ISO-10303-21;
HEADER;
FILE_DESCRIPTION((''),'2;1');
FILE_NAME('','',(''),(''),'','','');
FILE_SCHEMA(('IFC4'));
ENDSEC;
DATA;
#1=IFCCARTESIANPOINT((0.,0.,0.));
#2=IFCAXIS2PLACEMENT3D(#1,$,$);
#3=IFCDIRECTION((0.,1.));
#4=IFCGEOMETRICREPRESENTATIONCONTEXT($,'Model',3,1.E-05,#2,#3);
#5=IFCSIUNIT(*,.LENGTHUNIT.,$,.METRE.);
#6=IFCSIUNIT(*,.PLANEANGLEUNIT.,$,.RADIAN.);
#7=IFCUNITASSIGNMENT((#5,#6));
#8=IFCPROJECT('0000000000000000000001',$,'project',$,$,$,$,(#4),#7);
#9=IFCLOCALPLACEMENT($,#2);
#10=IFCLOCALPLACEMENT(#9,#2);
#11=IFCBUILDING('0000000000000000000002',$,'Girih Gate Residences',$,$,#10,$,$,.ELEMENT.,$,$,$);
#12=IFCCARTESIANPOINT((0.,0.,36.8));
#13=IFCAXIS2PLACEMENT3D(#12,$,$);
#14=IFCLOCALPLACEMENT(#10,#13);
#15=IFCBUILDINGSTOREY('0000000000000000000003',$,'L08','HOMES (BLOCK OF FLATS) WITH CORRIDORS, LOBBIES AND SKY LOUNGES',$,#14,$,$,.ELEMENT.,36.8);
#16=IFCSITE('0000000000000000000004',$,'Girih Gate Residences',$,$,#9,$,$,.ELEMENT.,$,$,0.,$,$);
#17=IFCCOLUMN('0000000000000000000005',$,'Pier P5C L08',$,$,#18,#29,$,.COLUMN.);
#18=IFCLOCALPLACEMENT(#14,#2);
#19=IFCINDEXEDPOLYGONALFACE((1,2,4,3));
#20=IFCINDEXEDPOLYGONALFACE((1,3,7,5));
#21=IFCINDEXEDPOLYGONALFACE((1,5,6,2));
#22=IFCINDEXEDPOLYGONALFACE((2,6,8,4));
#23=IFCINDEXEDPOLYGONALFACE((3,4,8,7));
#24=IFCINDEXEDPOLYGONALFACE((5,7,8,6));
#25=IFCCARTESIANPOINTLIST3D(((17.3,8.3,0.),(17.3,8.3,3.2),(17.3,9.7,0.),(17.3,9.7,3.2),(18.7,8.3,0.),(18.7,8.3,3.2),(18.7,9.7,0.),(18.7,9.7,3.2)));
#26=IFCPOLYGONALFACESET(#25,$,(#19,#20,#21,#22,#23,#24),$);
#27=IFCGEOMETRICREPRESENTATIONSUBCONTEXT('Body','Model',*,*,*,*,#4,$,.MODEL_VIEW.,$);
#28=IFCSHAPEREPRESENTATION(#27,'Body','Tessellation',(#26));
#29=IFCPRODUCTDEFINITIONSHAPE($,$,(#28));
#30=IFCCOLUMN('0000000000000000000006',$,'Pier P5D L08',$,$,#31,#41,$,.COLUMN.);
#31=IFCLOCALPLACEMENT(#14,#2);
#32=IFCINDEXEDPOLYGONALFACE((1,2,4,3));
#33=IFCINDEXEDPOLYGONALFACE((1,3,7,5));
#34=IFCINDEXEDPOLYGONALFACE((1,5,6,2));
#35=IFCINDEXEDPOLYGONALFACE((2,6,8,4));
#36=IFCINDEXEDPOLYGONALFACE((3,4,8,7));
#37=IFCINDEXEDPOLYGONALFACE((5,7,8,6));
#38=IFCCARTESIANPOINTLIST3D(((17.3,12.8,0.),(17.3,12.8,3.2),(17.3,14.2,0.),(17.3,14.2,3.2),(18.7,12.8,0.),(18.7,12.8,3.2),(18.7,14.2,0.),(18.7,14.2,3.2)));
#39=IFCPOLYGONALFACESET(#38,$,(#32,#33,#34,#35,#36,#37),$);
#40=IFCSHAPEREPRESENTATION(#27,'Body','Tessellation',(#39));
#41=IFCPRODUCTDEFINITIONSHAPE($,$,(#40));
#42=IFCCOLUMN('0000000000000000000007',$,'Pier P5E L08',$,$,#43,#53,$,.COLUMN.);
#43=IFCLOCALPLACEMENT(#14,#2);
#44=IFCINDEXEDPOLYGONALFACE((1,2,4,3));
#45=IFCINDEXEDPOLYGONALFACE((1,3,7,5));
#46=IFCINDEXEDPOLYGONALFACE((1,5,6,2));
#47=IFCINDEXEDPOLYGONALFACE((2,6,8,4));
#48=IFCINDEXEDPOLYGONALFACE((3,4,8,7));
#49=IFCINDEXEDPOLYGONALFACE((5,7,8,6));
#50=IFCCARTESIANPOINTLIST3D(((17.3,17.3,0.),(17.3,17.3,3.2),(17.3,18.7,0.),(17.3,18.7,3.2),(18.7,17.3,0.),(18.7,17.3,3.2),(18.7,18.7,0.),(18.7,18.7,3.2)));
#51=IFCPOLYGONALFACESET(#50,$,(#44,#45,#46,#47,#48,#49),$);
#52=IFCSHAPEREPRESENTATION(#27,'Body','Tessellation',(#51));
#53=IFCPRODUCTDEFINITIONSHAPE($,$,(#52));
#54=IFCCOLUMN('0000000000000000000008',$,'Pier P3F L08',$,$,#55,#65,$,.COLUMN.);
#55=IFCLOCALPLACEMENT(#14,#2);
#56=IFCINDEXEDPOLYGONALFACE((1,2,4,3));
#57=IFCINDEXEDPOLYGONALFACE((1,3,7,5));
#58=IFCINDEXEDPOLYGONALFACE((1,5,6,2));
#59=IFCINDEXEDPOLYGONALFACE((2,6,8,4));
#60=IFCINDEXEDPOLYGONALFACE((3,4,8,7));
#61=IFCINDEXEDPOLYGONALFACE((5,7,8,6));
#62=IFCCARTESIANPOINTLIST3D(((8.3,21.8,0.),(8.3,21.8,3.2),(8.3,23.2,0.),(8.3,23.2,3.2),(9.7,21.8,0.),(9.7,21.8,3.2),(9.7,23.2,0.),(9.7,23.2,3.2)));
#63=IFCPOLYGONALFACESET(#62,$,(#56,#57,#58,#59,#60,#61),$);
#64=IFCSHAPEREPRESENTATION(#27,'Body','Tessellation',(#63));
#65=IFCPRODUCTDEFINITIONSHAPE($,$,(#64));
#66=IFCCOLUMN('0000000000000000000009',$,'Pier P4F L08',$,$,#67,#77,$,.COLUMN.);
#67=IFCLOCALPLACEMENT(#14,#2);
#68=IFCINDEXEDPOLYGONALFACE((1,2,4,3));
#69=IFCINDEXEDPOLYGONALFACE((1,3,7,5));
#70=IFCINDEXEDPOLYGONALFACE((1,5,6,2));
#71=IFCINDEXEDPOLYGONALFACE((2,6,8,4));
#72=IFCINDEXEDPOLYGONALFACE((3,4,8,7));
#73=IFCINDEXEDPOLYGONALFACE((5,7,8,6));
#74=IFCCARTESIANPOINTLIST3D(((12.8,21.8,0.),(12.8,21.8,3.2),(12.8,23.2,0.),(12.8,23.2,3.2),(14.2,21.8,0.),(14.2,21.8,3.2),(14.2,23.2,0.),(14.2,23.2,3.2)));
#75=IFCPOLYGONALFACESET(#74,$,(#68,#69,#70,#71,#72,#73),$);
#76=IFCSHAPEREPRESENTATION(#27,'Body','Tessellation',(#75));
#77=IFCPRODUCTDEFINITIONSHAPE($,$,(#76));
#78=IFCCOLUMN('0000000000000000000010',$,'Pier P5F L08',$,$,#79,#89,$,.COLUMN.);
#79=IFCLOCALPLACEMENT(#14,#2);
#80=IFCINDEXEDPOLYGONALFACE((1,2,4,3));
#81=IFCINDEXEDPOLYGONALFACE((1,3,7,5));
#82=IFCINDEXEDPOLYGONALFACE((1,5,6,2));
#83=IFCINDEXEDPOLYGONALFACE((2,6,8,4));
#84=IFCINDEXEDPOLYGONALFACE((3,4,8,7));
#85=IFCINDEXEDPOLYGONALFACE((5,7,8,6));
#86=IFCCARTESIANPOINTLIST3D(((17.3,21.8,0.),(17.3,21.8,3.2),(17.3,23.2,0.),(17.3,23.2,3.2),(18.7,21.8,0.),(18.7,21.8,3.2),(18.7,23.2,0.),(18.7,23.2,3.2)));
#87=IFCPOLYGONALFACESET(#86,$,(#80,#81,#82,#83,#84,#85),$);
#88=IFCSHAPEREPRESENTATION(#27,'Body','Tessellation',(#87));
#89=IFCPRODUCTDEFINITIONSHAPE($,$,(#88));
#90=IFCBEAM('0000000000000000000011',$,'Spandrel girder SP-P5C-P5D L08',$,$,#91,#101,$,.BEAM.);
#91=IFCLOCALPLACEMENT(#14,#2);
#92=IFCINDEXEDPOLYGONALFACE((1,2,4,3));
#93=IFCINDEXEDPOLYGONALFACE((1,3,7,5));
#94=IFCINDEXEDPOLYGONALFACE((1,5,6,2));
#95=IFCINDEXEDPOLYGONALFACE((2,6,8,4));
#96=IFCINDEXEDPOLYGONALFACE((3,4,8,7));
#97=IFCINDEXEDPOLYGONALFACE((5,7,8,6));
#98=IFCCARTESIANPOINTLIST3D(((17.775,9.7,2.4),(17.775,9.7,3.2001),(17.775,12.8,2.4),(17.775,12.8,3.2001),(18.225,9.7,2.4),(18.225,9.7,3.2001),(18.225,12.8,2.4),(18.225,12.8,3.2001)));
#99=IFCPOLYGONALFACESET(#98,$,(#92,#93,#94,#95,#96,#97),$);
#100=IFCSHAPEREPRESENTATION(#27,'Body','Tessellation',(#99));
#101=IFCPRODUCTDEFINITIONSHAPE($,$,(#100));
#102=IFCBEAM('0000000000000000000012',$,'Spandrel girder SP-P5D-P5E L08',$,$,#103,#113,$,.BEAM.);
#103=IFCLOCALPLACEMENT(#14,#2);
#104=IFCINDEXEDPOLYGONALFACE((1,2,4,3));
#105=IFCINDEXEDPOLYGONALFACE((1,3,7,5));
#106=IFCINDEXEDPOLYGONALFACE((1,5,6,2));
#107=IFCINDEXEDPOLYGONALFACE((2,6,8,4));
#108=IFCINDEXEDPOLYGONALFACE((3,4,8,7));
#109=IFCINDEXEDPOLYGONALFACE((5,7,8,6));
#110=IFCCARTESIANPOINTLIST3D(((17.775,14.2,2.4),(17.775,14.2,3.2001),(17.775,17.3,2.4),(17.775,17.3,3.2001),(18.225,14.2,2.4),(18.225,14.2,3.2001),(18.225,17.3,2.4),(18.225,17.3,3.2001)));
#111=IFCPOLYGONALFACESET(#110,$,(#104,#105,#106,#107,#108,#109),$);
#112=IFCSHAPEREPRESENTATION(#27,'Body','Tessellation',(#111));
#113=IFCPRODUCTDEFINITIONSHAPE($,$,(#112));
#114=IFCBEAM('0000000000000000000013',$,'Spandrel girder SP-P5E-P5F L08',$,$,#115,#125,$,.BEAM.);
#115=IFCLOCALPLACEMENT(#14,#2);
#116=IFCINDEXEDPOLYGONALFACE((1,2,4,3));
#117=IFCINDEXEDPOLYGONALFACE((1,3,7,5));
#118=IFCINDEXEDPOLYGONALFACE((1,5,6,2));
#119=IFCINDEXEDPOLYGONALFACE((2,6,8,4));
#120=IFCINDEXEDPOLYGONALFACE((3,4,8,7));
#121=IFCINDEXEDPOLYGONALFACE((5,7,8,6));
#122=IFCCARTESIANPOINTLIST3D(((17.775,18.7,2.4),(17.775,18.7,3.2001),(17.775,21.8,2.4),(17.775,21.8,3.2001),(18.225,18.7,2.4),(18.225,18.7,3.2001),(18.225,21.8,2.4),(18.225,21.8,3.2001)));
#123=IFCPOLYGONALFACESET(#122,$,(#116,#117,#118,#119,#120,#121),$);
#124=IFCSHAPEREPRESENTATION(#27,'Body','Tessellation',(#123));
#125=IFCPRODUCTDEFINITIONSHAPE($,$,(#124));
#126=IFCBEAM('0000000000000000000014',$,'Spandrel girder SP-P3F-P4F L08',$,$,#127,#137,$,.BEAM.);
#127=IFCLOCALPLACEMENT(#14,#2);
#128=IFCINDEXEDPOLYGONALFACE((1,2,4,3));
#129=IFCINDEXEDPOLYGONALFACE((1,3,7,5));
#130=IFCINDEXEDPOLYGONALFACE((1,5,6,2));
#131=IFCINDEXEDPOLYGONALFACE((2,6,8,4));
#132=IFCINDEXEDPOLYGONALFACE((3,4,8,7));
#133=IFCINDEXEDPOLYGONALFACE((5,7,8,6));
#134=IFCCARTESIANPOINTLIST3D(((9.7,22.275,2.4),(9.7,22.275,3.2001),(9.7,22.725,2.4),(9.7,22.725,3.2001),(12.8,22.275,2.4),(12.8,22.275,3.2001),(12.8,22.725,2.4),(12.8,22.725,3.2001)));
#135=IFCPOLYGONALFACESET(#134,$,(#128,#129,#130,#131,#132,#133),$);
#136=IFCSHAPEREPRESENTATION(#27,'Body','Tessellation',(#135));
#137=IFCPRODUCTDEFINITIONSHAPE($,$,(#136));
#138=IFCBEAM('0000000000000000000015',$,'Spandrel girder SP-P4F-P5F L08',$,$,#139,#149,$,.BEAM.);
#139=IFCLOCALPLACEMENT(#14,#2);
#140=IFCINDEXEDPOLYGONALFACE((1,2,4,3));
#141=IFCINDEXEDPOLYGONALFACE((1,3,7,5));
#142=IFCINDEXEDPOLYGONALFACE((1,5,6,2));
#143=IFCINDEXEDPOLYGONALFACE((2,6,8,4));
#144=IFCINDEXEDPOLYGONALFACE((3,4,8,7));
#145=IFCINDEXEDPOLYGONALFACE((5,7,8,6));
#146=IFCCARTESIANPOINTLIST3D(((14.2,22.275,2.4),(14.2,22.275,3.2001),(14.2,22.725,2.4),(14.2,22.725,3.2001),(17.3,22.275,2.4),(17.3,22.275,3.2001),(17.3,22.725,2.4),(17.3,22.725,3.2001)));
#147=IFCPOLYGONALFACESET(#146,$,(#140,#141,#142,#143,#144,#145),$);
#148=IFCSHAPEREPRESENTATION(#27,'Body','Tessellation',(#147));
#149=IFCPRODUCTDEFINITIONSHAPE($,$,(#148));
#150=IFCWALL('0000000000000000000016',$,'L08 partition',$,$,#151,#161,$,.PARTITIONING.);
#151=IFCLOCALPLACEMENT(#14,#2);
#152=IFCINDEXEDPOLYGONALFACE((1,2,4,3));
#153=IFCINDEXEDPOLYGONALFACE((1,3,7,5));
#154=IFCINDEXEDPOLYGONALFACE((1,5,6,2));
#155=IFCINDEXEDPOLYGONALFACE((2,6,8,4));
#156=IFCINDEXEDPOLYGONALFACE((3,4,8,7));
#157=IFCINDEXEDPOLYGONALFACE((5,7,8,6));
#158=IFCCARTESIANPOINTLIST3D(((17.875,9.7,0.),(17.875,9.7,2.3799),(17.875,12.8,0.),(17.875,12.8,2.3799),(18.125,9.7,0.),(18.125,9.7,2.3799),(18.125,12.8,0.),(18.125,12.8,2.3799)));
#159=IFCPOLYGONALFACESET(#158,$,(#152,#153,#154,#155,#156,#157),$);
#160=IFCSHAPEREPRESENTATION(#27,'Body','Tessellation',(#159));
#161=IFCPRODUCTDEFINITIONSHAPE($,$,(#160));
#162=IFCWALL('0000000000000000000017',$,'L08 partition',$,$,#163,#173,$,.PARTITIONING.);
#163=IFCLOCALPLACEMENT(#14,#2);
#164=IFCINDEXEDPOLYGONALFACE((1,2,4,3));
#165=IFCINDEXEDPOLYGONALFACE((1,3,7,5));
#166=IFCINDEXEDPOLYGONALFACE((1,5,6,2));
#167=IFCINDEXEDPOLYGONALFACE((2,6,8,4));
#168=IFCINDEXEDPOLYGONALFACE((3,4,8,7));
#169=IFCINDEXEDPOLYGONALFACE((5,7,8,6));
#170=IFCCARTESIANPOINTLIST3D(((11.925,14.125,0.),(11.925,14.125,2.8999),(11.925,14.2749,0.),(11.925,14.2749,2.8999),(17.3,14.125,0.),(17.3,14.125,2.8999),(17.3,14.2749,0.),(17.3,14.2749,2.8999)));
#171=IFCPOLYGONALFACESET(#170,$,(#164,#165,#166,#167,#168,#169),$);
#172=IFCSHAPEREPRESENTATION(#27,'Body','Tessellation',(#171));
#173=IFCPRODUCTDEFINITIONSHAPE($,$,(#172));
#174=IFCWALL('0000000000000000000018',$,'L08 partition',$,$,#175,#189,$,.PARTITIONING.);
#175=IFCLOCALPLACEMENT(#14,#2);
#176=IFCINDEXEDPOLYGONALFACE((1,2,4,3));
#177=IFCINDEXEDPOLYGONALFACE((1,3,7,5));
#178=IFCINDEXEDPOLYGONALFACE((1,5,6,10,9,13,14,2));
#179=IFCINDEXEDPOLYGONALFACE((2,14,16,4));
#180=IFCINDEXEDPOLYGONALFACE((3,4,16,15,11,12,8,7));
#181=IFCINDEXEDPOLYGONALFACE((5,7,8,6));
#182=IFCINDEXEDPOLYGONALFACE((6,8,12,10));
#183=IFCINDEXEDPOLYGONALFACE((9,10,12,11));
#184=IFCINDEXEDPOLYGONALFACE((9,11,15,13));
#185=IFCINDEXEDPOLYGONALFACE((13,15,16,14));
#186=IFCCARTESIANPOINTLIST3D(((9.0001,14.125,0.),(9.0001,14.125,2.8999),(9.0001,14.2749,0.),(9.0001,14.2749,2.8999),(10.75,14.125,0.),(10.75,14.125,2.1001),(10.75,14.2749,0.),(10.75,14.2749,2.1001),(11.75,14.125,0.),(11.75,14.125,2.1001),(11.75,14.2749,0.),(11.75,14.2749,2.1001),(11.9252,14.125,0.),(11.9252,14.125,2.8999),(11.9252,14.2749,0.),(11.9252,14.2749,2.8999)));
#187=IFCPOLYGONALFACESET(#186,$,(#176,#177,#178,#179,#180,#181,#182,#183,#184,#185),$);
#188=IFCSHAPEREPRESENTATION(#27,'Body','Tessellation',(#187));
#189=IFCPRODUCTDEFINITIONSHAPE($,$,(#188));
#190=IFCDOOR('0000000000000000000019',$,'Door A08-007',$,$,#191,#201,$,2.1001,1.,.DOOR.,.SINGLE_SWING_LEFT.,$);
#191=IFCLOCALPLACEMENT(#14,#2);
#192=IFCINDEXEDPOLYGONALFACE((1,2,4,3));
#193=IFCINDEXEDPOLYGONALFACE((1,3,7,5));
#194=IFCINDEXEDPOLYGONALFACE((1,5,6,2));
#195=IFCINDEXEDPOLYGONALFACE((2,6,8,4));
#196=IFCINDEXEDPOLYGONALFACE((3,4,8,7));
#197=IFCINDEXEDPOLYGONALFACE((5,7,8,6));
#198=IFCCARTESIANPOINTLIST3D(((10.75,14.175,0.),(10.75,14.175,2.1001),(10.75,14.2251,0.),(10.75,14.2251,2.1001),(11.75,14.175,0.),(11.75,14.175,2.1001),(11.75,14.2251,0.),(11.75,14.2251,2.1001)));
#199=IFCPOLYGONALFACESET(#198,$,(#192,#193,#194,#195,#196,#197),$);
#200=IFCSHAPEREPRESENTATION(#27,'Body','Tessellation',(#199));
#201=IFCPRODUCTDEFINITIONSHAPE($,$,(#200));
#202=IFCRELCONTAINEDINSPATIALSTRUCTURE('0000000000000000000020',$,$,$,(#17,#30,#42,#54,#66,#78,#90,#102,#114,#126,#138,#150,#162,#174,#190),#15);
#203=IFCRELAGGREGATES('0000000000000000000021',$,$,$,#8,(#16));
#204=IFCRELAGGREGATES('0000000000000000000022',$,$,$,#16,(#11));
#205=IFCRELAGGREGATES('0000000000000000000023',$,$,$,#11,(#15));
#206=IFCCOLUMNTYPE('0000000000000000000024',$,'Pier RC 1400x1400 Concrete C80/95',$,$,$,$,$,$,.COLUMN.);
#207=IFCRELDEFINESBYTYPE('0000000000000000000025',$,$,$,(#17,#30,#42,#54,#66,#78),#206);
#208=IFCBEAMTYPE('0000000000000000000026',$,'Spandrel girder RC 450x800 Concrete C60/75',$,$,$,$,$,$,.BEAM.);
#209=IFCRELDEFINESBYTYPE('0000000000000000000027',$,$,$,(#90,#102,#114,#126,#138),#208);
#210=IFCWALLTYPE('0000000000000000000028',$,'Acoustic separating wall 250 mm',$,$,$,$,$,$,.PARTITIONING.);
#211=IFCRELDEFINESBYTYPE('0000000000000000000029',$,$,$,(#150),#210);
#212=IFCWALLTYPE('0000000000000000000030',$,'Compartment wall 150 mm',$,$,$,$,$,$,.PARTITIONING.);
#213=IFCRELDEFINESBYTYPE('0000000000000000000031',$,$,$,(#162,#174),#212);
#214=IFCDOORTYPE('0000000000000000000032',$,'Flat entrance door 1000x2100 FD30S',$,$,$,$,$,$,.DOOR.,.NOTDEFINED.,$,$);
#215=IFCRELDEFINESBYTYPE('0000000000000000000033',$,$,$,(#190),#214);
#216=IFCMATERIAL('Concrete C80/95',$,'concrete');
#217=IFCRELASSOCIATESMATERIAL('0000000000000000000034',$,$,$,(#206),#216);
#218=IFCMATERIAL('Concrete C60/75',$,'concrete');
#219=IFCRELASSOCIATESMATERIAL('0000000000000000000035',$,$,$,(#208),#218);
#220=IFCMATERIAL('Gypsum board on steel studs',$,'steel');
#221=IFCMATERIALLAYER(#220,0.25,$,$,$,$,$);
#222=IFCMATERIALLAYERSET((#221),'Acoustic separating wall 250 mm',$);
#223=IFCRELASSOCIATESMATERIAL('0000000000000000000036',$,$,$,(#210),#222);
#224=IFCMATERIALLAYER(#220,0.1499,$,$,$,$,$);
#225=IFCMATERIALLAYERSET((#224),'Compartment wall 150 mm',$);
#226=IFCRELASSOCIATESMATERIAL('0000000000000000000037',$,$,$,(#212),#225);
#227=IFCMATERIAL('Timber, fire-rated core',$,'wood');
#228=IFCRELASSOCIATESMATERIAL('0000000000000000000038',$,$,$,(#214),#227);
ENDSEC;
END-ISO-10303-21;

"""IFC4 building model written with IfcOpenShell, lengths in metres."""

from ifc_helpers import new_model, si_unit, direction, frame, frame_2d, origin, origin_2d, place, context, subcontext, project, spatial, rectangle, extrude, material, layer, layer_set, material_profile, profile_set, type_object, element, fill, save


model = new_model("IFC4")

# Units and contexts
model_context = context("Model", 3, precision=1e-05, world=origin(), true_north=direction((0.0, 1.0)))
body_context = subcontext(model_context, "Body", "Model", "MODEL_VIEW")
ifc_project = project(units=[si_unit("LENGTHUNIT", "METRE"), si_unit("PLANEANGLEUNIT", "RADIAN")], contexts=[model_context])

# Site, building, storey
site_placement = place(None, origin())
site = spatial("IfcSite", under=ifc_project, at=site_placement, Name="Girih Gate Residences", CompositionType="ELEMENT", RefElevation=0.0)
building_placement = place(site_placement, origin())
building = spatial("IfcBuilding", under=site, at=building_placement, Name="Girih Gate Residences", CompositionType="ELEMENT")
storey_placement = place(building_placement, frame((0.0, 0.0, 36.8)))
storey = spatial("IfcBuildingStorey", under=building, at=storey_placement, Name="L08", Description="HOMES (BLOCK OF FLATS) WITH CORRIDORS, LOBBIES AND SKY LOUNGES", CompositionType="ELEMENT", Elevation=36.8)

# Columns
ifc_material_1 = material(Name="Concrete C80/95", Category="concrete")
ifc_material_profile_1 = material_profile(ifc_material_1, rectangle(XDim=1.3999, YDim=1.3999, at=origin_2d()))
ifc_profile_set_1 = profile_set([ifc_material_profile_1], Name="Concrete C80/95")
column_type = type_object("IfcColumnType", Name="Pier RC 1400x1400 Concrete C80/95", PredefinedType="COLUMN", material=ifc_profile_set_1)
for number, where, z_axis, x_axis, name in (
    (1, (18.0, 9.0, 0.0), (0.0, 0.0, 1.0), (1.0, 0.0, 0.0), "Pier P5C L08"),
    (2, (18.0, 13.5, 0.0), (0.0, 0.0, 1.0), (1.0, 0.0, 0.0), "Pier P5D L08"),
    (3, (18.0, 18.0, 0.0), (0.0, 0.0, 1.0), (1.0, 0.0, 0.0), "Pier P5E L08"),
    (4, (9.0, 22.5, 0.0), (0.0, 0.0, 1.0), (1.0, 0.0, 0.0), "Pier P3F L08"),
    (5, (13.5, 22.5, 0.0), (0.0, 0.0, 1.0), (1.0, 0.0, 0.0), "Pier P4F L08"),
    (6, (18.0, 22.5, 0.0), (0.0, 0.0, 1.0), (1.0, 0.0, 0.0), "Pier P5F L08"),
):
    element("IfcColumn", number, at=place(storey_placement, frame(where, z_axis=z_axis, x_axis=x_axis)), inside=storey, type_object=column_type, Name=name, PredefinedType="COLUMN", context=body_context, shape_type="SweptSolid", body=[
        extrude(rectangle(XDim=1.3999, YDim=1.3999, at=origin_2d()), origin(), (0.0, 0.0, 1.0), 3.2),
    ])

# Beams
ifc_material_2 = material(Name="Concrete C60/75", Category="concrete")
ifc_material_profile_2 = material_profile(ifc_material_2, rectangle(XDim=0.45, YDim=0.8, at=origin_2d()))
ifc_profile_set_2 = profile_set([ifc_material_profile_2], Name="Concrete C60/75")
beam_type = type_object("IfcBeamType", Name="Spandrel girder RC 450x800 Concrete C60/75", PredefinedType="BEAM", material=ifc_profile_set_2)
for number, where, z_axis, x_axis, name in (
    (7, (18.0, 9.7, 2.8), (0.0, 1.0, 0.0), (-1.0, 0.0, 0.0), "Spandrel girder SP-P5C-P5D L08"),
    (8, (18.0, 14.2, 2.8), (0.0, 1.0, 0.0), (-1.0, 0.0, 0.0), "Spandrel girder SP-P5D-P5E L08"),
    (9, (18.0, 18.7, 2.8), (0.0, 1.0, 0.0), (-1.0, 0.0, 0.0), "Spandrel girder SP-P5E-P5F L08"),
    (10, (9.7, 22.5, 2.8), (1.0, 0.0, 0.0), (0.0, 1.0, 0.0), "Spandrel girder SP-P3F-P4F L08"),
    (11, (14.2, 22.5, 2.8), (1.0, 0.0, 0.0), (0.0, 1.0, 0.0), "Spandrel girder SP-P4F-P5F L08"),
):
    element("IfcBeam", number, at=place(storey_placement, frame(where, z_axis=z_axis, x_axis=x_axis)), inside=storey, type_object=beam_type, Name=name, PredefinedType="BEAM", context=body_context, shape_type="SweptSolid", body=[
        extrude(rectangle(XDim=0.45, YDim=0.8, at=origin_2d()), origin(), (0.0, 0.0, 1.0), 3.1001),
    ])

# Walls
ifc_material_3 = material(Name="Gypsum board on steel studs", Category="steel")
ifc_layer_1 = layer(ifc_material_3, 0.25)
ifc_layer_set_1 = layer_set([ifc_layer_1], Name="Acoustic separating wall 250 mm")
wall_type_1 = type_object("IfcWallType", Name="Acoustic separating wall 250 mm", PredefinedType="PARTITIONING", material=ifc_layer_set_1)
wall_1_placement = place(storey_placement, frame((18.0, 9.7, 0.0), z_axis=(0.0, 0.0, 1.0), x_axis=(0.0, 1.0, 0.0)))
element("IfcWall", 12, at=wall_1_placement, inside=storey, type_object=wall_type_1, Name="L08 partition", PredefinedType="PARTITIONING", context=body_context, shape_type="SweptSolid", body=[
    extrude(rectangle(XDim=3.1001, YDim=0.25, at=frame_2d((1.55, 0.0))), origin(), (0.0, 0.0, 1.0), 2.3799),
])
ifc_layer_2 = layer(ifc_material_3, 0.1499)
ifc_layer_set_2 = layer_set([ifc_layer_2], Name="Compartment wall 150 mm")
wall_type_2 = type_object("IfcWallType", Name="Compartment wall 150 mm", PredefinedType="PARTITIONING", material=ifc_layer_set_2)
wall_2_placement = place(storey_placement, frame((11.925, 14.2, 0.0), z_axis=(0.0, 0.0, 1.0), x_axis=(1.0, 0.0, 0.0)))
element("IfcWall", 13, at=wall_2_placement, inside=storey, type_object=wall_type_2, Name="L08 partition", PredefinedType="PARTITIONING", context=body_context, shape_type="SweptSolid", body=[
    extrude(rectangle(XDim=5.375, YDim=0.1499, at=frame_2d((2.6875, 0.0))), origin(), (0.0, 0.0, 1.0), 2.8999),
])

# Wall, opening, door
wall_3_placement = place(storey_placement, frame((11.925, 14.2, 0.0), z_axis=(0.0, 0.0, 1.0), x_axis=(-1.0, 0.0, 0.0)))
wall_3 = element("IfcWall", 14, at=wall_3_placement, inside=storey, type_object=wall_type_2, Name="L08 partition", PredefinedType="PARTITIONING", context=body_context, shape_type="SweptSolid", body=[
    extrude(rectangle(XDim=2.925, YDim=0.1499, at=frame_2d((1.4624, 0.0))), origin(), (0.0, 0.0, 1.0), 2.8999),
])
opening_1_placement = place(wall_3_placement, frame((0.175, 0.0, 0.0)))
opening_1 = element("IfcOpeningElement", 15, at=opening_1_placement, cuts=wall_3, PredefinedType="OPENING", context=body_context, shape_type="SweptSolid", body=[
    extrude(rectangle(XDim=1.0, YDim=2.1001, at=frame_2d((0.5, 1.05))), frame((0.0, 0.085, 0.0), z_axis=(0.0, -1.0, 0.0), x_axis=(1.0, 0.0, 0.0)), (0.0, 0.0, 1.0), 0.1699),
])
ifc_material_4 = material(Name="Timber, fire-rated core", Category="wood")
door_type_1 = type_object("IfcDoorType", Name="Flat entrance door 1000x2100 FD30S", OperationType="NOTDEFINED", PredefinedType="DOOR", material=ifc_material_4)
door_1_placement = place(opening_1_placement, origin())
door_1 = element("IfcDoor", 16, at=door_1_placement, inside=storey, type_object=door_type_1, Name="Door A08-007", OperationType="SINGLE_SWING_LEFT", OverallHeight=2.1001, OverallWidth=1.0, PredefinedType="DOOR", context=body_context, shape_type="SweptSolid", body=[
    extrude(rectangle(XDim=1.0, YDim=2.1001, at=frame_2d((0.5, 1.05))), frame((0.0, 0.0249, 0.0), z_axis=(0.0, -1.0, 0.0), x_axis=(1.0, 0.0, 0.0)), (0.0, 0.0, 1.0), 0.05),
])
fill(opening_1, door_1)

save(model, "model.ifc")
